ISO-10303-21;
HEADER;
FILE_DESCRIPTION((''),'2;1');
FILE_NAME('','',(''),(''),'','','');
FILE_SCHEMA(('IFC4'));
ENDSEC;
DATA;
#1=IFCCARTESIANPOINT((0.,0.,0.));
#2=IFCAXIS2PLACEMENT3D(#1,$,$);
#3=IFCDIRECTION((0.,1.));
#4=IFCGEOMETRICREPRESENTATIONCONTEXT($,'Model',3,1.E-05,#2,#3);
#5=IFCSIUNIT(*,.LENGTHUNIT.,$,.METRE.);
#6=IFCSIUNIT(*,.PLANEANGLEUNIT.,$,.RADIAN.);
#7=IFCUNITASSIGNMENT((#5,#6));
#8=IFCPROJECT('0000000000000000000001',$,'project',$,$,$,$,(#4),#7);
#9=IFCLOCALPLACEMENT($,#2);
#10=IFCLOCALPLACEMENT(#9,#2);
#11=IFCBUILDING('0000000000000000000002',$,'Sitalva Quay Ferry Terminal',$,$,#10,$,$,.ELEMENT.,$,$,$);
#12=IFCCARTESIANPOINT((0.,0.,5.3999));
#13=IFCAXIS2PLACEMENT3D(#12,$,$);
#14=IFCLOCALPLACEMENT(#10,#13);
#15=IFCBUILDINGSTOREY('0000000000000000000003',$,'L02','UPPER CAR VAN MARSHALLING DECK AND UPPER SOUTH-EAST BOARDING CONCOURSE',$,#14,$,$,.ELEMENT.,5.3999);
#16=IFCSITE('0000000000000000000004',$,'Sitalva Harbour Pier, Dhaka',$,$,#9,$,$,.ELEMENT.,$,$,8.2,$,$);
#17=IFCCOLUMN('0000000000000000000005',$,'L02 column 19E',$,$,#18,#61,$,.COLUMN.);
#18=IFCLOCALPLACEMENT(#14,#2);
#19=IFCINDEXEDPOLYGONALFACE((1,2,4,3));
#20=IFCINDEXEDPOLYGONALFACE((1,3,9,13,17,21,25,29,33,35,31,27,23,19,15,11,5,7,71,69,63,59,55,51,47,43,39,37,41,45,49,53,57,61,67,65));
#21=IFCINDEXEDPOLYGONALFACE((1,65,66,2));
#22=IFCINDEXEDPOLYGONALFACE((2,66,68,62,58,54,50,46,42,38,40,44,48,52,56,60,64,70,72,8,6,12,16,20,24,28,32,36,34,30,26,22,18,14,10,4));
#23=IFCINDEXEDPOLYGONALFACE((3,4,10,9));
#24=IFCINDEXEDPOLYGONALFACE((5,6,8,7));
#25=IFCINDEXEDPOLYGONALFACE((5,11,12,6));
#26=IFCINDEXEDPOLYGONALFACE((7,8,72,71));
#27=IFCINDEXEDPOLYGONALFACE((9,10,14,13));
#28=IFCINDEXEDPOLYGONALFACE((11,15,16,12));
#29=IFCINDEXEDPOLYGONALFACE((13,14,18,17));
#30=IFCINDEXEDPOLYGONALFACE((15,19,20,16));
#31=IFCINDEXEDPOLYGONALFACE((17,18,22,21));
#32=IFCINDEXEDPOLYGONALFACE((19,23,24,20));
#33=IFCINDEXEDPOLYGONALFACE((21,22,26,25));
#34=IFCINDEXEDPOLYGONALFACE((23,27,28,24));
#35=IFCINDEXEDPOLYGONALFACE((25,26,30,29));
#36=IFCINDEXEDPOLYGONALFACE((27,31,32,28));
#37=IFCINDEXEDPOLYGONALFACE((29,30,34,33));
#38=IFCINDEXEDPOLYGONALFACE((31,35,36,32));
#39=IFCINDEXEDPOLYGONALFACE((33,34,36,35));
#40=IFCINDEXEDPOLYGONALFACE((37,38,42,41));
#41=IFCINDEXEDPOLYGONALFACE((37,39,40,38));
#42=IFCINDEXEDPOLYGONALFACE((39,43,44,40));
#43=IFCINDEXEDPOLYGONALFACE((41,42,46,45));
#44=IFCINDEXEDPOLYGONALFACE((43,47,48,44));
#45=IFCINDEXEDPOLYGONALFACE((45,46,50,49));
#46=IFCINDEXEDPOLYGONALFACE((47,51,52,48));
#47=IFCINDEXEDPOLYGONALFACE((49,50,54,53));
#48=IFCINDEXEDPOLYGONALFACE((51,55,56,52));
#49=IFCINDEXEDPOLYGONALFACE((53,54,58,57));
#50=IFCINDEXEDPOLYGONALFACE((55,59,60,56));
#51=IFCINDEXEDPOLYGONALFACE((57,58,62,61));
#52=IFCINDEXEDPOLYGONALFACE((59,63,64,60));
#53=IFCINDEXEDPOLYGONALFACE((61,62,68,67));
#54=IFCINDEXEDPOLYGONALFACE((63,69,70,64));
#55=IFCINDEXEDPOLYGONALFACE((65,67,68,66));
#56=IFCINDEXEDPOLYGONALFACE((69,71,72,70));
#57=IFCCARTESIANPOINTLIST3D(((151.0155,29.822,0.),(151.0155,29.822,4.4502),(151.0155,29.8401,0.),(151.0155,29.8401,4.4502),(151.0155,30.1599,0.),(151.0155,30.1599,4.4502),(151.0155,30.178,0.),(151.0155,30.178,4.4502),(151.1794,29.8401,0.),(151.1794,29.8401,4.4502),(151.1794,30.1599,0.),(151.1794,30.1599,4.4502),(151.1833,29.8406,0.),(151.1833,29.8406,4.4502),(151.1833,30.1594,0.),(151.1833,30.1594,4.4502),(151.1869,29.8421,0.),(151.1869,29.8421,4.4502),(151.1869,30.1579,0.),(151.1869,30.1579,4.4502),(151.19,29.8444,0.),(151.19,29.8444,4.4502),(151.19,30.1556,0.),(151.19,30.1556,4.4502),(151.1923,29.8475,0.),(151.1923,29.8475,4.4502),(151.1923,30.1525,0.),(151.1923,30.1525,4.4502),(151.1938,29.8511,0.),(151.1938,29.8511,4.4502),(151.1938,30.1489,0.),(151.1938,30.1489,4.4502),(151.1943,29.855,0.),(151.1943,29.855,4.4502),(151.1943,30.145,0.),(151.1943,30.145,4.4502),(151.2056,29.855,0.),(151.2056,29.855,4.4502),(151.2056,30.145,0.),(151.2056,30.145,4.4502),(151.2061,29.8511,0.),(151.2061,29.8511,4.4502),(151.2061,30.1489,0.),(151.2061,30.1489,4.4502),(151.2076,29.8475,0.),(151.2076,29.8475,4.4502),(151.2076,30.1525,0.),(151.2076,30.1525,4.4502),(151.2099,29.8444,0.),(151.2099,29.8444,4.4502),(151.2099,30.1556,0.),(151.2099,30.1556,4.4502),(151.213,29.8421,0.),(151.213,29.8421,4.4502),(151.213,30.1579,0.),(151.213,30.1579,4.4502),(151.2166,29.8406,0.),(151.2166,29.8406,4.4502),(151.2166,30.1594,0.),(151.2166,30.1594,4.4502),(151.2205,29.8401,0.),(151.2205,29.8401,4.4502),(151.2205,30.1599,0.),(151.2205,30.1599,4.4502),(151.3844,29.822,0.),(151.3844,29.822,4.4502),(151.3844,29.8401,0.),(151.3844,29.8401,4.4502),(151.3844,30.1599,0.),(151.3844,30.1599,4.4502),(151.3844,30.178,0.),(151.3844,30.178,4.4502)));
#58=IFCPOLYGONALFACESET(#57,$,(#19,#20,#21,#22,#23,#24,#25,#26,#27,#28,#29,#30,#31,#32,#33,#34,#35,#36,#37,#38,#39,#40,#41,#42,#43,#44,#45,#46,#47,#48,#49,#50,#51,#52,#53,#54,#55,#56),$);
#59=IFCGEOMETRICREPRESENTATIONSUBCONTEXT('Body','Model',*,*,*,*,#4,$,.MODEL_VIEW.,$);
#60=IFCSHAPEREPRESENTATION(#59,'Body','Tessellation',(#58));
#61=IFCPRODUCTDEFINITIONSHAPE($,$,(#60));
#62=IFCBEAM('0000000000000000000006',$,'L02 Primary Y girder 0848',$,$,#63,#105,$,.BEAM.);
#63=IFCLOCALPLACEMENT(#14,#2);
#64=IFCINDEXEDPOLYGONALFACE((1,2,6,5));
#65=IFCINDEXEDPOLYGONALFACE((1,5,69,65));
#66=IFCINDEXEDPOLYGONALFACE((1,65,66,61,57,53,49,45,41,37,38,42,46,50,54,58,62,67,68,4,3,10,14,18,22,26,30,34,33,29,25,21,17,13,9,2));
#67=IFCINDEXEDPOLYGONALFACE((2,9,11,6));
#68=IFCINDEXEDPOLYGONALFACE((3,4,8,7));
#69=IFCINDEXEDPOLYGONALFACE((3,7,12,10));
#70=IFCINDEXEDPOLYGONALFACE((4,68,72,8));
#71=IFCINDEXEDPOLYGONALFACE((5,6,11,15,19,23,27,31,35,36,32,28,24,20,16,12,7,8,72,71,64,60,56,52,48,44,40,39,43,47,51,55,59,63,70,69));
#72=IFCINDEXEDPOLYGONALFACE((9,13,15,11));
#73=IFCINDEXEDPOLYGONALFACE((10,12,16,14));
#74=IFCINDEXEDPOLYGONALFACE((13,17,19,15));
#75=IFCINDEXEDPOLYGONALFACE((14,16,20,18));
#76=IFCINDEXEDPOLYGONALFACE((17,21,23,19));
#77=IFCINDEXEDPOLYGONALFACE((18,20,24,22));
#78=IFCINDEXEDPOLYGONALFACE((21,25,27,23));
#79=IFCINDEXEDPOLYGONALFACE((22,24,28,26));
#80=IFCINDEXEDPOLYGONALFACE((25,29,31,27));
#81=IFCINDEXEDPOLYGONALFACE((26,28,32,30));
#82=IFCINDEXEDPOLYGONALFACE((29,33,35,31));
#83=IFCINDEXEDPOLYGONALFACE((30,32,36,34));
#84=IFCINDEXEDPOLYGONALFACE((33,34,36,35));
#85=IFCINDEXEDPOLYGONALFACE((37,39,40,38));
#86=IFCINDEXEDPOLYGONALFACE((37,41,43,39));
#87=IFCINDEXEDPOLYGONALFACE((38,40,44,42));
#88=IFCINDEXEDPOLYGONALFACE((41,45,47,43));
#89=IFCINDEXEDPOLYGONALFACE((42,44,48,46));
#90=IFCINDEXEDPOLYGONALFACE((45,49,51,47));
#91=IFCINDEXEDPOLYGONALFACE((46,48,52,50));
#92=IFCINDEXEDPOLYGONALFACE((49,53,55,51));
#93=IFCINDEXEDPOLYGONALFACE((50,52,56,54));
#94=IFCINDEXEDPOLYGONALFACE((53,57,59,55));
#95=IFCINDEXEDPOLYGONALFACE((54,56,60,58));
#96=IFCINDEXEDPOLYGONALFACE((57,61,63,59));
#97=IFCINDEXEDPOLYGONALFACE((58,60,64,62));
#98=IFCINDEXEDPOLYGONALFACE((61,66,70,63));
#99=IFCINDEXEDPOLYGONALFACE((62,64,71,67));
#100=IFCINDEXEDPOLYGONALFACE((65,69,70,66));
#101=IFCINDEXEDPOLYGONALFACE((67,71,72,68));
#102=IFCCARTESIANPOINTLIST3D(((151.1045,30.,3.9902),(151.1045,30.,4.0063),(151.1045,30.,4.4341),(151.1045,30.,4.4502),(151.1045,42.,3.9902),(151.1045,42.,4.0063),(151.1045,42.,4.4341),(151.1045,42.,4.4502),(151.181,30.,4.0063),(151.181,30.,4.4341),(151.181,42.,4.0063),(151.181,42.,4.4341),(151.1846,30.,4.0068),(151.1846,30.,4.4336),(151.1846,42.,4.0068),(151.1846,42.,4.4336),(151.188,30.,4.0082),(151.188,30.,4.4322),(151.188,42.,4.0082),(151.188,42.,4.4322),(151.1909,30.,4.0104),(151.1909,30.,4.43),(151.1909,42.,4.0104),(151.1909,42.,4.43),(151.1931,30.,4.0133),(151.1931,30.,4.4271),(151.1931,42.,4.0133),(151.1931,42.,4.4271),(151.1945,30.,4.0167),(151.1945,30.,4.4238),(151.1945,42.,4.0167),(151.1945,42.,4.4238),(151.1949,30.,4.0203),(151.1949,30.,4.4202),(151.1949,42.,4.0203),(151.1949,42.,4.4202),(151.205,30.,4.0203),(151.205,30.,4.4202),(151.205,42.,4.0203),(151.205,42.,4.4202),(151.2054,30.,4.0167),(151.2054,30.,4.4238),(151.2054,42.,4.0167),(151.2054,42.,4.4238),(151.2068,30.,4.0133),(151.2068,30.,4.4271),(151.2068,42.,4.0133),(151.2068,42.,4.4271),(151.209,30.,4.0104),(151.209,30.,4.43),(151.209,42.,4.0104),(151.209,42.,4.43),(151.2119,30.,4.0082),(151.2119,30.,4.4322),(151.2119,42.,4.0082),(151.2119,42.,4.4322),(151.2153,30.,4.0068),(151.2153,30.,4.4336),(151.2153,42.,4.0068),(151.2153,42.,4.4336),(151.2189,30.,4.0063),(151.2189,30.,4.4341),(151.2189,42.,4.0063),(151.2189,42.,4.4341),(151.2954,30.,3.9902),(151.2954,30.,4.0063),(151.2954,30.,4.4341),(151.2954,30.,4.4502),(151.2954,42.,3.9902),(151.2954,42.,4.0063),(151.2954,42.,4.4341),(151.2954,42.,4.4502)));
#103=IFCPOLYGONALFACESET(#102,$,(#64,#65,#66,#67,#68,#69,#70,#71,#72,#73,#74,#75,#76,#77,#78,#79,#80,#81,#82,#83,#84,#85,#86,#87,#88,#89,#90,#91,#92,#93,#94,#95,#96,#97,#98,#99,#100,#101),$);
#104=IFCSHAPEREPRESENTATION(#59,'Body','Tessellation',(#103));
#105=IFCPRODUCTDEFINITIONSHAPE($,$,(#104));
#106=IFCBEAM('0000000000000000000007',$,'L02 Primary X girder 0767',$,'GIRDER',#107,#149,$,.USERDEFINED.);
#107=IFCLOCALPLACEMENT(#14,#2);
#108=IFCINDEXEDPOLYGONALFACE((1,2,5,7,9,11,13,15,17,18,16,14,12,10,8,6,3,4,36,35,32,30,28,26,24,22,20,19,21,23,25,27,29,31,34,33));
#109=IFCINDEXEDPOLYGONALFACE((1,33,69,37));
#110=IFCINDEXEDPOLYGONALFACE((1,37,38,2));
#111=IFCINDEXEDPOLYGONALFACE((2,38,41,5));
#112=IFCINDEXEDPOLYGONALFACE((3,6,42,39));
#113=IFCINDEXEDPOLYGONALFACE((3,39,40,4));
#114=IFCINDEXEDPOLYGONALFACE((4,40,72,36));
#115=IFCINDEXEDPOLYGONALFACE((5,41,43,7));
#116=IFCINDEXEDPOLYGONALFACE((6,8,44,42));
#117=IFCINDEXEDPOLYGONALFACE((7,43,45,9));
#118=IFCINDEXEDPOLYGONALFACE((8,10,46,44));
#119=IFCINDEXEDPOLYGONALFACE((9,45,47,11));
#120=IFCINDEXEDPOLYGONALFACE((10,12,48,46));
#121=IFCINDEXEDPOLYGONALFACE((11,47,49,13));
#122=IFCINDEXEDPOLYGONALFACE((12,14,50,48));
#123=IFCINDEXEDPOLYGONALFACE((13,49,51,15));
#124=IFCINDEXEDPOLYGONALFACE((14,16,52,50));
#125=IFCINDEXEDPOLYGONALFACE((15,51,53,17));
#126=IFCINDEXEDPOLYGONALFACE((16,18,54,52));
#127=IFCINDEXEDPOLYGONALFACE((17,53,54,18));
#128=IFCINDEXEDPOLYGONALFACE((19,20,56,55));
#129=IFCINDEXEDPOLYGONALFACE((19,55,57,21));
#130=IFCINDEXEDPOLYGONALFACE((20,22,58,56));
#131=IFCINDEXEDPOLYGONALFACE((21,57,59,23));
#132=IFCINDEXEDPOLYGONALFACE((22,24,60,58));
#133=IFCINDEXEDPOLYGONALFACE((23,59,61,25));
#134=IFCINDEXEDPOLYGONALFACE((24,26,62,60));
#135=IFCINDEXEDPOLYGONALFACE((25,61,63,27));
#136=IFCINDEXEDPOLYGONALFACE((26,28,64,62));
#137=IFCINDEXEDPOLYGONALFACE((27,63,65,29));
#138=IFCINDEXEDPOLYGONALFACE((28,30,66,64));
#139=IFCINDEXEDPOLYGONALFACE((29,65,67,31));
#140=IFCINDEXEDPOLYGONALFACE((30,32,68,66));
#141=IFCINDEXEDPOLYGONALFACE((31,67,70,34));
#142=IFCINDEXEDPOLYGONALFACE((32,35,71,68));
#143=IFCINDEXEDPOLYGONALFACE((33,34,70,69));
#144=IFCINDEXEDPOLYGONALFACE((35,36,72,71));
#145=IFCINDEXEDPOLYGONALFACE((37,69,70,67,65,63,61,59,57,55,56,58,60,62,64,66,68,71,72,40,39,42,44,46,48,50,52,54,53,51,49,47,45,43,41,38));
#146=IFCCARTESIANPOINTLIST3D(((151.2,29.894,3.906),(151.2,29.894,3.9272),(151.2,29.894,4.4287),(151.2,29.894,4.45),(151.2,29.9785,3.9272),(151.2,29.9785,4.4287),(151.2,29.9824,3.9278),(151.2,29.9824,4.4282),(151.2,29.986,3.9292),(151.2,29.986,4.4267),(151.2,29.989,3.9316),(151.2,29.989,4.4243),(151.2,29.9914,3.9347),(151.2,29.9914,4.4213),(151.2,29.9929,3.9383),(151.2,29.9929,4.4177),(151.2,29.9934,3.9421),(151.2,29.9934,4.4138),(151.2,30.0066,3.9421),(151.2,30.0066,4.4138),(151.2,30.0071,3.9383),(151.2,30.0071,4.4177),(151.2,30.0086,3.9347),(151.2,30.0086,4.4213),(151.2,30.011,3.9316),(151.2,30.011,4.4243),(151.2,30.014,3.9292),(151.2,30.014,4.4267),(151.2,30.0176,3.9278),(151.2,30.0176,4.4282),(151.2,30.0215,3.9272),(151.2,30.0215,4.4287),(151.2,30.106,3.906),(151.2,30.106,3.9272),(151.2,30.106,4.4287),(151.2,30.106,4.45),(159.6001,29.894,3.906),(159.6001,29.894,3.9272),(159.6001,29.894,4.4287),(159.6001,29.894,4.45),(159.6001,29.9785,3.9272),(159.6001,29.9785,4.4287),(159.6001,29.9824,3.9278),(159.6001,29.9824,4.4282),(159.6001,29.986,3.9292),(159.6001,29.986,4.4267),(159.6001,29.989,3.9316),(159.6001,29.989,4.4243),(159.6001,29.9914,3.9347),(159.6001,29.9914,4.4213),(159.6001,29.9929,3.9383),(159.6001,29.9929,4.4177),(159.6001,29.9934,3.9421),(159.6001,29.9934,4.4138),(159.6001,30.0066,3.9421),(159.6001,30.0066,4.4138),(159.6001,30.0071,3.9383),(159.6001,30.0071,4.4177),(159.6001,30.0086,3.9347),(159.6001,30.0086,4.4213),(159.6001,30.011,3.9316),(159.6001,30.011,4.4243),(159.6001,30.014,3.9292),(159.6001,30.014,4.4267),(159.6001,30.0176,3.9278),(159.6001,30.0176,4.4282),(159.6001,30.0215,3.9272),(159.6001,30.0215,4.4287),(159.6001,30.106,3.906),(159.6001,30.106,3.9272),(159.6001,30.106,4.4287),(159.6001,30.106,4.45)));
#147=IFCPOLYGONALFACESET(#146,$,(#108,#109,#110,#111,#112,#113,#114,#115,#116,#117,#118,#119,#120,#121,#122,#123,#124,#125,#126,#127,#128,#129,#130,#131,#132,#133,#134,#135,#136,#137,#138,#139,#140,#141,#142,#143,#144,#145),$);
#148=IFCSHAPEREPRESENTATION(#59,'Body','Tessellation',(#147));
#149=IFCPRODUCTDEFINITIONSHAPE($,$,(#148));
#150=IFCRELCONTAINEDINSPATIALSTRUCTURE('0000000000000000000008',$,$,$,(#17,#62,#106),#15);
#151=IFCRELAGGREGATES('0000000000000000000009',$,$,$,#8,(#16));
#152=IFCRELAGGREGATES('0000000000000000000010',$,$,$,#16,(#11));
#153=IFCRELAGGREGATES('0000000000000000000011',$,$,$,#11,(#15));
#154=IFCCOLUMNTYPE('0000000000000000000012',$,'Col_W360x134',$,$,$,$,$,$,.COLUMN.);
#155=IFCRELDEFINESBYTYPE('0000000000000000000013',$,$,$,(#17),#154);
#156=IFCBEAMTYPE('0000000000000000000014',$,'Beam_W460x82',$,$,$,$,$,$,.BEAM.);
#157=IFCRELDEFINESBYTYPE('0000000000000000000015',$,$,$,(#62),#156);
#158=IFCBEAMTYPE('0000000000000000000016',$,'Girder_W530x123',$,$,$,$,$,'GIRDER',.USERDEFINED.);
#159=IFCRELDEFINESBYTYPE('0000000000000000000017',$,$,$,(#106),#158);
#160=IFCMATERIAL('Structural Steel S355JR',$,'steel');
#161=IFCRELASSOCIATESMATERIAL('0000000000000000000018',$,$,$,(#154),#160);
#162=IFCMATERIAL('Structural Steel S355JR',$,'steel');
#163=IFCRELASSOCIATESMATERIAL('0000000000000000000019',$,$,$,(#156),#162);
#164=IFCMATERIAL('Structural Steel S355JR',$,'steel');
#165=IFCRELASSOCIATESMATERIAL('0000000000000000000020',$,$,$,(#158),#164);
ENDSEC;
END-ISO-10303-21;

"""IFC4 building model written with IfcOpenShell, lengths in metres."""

from ifc_helpers import new_model, si_unit, direction, frame, origin, origin_2d, place, context, subcontext, project, spatial, i_section, extrude, material, material_profile, profile_set, type_object, element, save


model = new_model("IFC4")

# Units and contexts
model_context = context("Model", 3, precision=1e-05, world=origin(), true_north=direction((0.0, 1.0)))
body_context = subcontext(model_context, "Body", "Model", "MODEL_VIEW")
ifc_project = project(units=[si_unit("LENGTHUNIT", "METRE"), si_unit("PLANEANGLEUNIT", "RADIAN")], contexts=[model_context])

# Site, building, storey
site_placement = place(None, origin())
site = spatial("IfcSite", under=ifc_project, at=site_placement, Name="Sitalva Harbour Pier, Dhaka", CompositionType="ELEMENT", RefElevation=8.2)
building_placement = place(site_placement, origin())
building = spatial("IfcBuilding", under=site, at=building_placement, Name="Sitalva Quay Ferry Terminal", CompositionType="ELEMENT")
storey_placement = place(building_placement, frame((0.0, 0.0, 5.3999)))
storey = spatial("IfcBuildingStorey", under=building, at=storey_placement, Name="L02", Description="UPPER CAR VAN MARSHALLING DECK AND UPPER SOUTH-EAST BOARDING CONCOURSE", CompositionType="ELEMENT", Elevation=5.3999)

# Column
ifc_material_1 = material(Name="Structural Steel S355JR", Category="steel")
ifc_material_profile_1 = material_profile(ifc_material_1, i_section(OverallWidth=0.3689, OverallDepth=0.356, WebThickness=0.0112, FlangeThickness=0.0181, FilletRadius=0.0149, at=origin_2d()), Name="W360x134")
ifc_profile_set_1 = profile_set([ifc_material_profile_1], Name="Structural Steel S355JR")
column_type = type_object("IfcColumnType", Name="Col_W360x134", PredefinedType="COLUMN", material=ifc_profile_set_1)
column_placement = place(storey_placement, frame((151.2, 30.0, 0.0), z_axis=(0.0, 0.0, 1.0), x_axis=(1.0, 0.0, 0.0)))
element("IfcColumn", 1, at=column_placement, inside=storey, type_object=column_type, Name="L02 column 19E", PredefinedType="COLUMN", context=body_context, shape_type="SweptSolid", body=[
    extrude(i_section(OverallWidth=0.3689, OverallDepth=0.356, WebThickness=0.0112, FlangeThickness=0.0181, FilletRadius=0.0149, at=origin_2d()), origin(), (0.0, 0.0, 1.0), 4.4502),
])

# Beams
ifc_material_2 = material(Name="Structural Steel S355JR", Category="steel")
ifc_material_profile_2 = material_profile(ifc_material_2, i_section(OverallWidth=0.1909, OverallDepth=0.46, WebThickness=0.01, FlangeThickness=0.0161, FilletRadius=0.0139, at=origin_2d()), Name="W460x82")
ifc_profile_set_2 = profile_set([ifc_material_profile_2], Name="Structural Steel S355JR")
beam_type_1 = type_object("IfcBeamType", Name="Beam_W460x82", PredefinedType="BEAM", material=ifc_profile_set_2)
beam_1_placement = place(storey_placement, frame((151.2, 30.0, 4.2202), z_axis=(0.0, 1.0, 0.0), x_axis=(-1.0, 0.0, 0.0)))
element("IfcBeam", 2, at=beam_1_placement, inside=storey, type_object=beam_type_1, Name="L02 Primary Y girder 0848", PredefinedType="BEAM", context=body_context, shape_type="SweptSolid", body=[
    extrude(i_section(OverallWidth=0.1909, OverallDepth=0.46, WebThickness=0.01, FlangeThickness=0.0161, FilletRadius=0.0139, at=origin_2d()), origin(), (0.0, 0.0, 1.0), 12.0),
])
ifc_material_3 = material(Name="Structural Steel S355JR", Category="steel")
ifc_material_profile_3 = material_profile(ifc_material_3, i_section(OverallWidth=0.2119, OverallDepth=0.5439, WebThickness=0.0132, FlangeThickness=0.0212, FilletRadius=0.0149, at=origin_2d()), Name="W530x123")
ifc_profile_set_3 = profile_set([ifc_material_profile_3], Name="Structural Steel S355JR")
beam_type_2 = type_object("IfcBeamType", Name="Girder_W530x123", ElementType="GIRDER", PredefinedType="USERDEFINED", material=ifc_profile_set_3)
beam_2_placement = place(storey_placement, frame((151.2, 30.0, 4.178), z_axis=(1.0, 0.0, 0.0), x_axis=(0.0, 1.0, 0.0)))
element("IfcBeam", 3, at=beam_2_placement, inside=storey, type_object=beam_type_2, Name="L02 Primary X girder 0767", ObjectType="GIRDER", PredefinedType="USERDEFINED", context=body_context, shape_type="SweptSolid", body=[
    extrude(i_section(OverallWidth=0.2119, OverallDepth=0.5439, WebThickness=0.0132, FlangeThickness=0.0212, FilletRadius=0.0149, at=origin_2d()), origin(), (0.0, 0.0, 1.0), 8.4001),
])

save(model, "model.ifc")
